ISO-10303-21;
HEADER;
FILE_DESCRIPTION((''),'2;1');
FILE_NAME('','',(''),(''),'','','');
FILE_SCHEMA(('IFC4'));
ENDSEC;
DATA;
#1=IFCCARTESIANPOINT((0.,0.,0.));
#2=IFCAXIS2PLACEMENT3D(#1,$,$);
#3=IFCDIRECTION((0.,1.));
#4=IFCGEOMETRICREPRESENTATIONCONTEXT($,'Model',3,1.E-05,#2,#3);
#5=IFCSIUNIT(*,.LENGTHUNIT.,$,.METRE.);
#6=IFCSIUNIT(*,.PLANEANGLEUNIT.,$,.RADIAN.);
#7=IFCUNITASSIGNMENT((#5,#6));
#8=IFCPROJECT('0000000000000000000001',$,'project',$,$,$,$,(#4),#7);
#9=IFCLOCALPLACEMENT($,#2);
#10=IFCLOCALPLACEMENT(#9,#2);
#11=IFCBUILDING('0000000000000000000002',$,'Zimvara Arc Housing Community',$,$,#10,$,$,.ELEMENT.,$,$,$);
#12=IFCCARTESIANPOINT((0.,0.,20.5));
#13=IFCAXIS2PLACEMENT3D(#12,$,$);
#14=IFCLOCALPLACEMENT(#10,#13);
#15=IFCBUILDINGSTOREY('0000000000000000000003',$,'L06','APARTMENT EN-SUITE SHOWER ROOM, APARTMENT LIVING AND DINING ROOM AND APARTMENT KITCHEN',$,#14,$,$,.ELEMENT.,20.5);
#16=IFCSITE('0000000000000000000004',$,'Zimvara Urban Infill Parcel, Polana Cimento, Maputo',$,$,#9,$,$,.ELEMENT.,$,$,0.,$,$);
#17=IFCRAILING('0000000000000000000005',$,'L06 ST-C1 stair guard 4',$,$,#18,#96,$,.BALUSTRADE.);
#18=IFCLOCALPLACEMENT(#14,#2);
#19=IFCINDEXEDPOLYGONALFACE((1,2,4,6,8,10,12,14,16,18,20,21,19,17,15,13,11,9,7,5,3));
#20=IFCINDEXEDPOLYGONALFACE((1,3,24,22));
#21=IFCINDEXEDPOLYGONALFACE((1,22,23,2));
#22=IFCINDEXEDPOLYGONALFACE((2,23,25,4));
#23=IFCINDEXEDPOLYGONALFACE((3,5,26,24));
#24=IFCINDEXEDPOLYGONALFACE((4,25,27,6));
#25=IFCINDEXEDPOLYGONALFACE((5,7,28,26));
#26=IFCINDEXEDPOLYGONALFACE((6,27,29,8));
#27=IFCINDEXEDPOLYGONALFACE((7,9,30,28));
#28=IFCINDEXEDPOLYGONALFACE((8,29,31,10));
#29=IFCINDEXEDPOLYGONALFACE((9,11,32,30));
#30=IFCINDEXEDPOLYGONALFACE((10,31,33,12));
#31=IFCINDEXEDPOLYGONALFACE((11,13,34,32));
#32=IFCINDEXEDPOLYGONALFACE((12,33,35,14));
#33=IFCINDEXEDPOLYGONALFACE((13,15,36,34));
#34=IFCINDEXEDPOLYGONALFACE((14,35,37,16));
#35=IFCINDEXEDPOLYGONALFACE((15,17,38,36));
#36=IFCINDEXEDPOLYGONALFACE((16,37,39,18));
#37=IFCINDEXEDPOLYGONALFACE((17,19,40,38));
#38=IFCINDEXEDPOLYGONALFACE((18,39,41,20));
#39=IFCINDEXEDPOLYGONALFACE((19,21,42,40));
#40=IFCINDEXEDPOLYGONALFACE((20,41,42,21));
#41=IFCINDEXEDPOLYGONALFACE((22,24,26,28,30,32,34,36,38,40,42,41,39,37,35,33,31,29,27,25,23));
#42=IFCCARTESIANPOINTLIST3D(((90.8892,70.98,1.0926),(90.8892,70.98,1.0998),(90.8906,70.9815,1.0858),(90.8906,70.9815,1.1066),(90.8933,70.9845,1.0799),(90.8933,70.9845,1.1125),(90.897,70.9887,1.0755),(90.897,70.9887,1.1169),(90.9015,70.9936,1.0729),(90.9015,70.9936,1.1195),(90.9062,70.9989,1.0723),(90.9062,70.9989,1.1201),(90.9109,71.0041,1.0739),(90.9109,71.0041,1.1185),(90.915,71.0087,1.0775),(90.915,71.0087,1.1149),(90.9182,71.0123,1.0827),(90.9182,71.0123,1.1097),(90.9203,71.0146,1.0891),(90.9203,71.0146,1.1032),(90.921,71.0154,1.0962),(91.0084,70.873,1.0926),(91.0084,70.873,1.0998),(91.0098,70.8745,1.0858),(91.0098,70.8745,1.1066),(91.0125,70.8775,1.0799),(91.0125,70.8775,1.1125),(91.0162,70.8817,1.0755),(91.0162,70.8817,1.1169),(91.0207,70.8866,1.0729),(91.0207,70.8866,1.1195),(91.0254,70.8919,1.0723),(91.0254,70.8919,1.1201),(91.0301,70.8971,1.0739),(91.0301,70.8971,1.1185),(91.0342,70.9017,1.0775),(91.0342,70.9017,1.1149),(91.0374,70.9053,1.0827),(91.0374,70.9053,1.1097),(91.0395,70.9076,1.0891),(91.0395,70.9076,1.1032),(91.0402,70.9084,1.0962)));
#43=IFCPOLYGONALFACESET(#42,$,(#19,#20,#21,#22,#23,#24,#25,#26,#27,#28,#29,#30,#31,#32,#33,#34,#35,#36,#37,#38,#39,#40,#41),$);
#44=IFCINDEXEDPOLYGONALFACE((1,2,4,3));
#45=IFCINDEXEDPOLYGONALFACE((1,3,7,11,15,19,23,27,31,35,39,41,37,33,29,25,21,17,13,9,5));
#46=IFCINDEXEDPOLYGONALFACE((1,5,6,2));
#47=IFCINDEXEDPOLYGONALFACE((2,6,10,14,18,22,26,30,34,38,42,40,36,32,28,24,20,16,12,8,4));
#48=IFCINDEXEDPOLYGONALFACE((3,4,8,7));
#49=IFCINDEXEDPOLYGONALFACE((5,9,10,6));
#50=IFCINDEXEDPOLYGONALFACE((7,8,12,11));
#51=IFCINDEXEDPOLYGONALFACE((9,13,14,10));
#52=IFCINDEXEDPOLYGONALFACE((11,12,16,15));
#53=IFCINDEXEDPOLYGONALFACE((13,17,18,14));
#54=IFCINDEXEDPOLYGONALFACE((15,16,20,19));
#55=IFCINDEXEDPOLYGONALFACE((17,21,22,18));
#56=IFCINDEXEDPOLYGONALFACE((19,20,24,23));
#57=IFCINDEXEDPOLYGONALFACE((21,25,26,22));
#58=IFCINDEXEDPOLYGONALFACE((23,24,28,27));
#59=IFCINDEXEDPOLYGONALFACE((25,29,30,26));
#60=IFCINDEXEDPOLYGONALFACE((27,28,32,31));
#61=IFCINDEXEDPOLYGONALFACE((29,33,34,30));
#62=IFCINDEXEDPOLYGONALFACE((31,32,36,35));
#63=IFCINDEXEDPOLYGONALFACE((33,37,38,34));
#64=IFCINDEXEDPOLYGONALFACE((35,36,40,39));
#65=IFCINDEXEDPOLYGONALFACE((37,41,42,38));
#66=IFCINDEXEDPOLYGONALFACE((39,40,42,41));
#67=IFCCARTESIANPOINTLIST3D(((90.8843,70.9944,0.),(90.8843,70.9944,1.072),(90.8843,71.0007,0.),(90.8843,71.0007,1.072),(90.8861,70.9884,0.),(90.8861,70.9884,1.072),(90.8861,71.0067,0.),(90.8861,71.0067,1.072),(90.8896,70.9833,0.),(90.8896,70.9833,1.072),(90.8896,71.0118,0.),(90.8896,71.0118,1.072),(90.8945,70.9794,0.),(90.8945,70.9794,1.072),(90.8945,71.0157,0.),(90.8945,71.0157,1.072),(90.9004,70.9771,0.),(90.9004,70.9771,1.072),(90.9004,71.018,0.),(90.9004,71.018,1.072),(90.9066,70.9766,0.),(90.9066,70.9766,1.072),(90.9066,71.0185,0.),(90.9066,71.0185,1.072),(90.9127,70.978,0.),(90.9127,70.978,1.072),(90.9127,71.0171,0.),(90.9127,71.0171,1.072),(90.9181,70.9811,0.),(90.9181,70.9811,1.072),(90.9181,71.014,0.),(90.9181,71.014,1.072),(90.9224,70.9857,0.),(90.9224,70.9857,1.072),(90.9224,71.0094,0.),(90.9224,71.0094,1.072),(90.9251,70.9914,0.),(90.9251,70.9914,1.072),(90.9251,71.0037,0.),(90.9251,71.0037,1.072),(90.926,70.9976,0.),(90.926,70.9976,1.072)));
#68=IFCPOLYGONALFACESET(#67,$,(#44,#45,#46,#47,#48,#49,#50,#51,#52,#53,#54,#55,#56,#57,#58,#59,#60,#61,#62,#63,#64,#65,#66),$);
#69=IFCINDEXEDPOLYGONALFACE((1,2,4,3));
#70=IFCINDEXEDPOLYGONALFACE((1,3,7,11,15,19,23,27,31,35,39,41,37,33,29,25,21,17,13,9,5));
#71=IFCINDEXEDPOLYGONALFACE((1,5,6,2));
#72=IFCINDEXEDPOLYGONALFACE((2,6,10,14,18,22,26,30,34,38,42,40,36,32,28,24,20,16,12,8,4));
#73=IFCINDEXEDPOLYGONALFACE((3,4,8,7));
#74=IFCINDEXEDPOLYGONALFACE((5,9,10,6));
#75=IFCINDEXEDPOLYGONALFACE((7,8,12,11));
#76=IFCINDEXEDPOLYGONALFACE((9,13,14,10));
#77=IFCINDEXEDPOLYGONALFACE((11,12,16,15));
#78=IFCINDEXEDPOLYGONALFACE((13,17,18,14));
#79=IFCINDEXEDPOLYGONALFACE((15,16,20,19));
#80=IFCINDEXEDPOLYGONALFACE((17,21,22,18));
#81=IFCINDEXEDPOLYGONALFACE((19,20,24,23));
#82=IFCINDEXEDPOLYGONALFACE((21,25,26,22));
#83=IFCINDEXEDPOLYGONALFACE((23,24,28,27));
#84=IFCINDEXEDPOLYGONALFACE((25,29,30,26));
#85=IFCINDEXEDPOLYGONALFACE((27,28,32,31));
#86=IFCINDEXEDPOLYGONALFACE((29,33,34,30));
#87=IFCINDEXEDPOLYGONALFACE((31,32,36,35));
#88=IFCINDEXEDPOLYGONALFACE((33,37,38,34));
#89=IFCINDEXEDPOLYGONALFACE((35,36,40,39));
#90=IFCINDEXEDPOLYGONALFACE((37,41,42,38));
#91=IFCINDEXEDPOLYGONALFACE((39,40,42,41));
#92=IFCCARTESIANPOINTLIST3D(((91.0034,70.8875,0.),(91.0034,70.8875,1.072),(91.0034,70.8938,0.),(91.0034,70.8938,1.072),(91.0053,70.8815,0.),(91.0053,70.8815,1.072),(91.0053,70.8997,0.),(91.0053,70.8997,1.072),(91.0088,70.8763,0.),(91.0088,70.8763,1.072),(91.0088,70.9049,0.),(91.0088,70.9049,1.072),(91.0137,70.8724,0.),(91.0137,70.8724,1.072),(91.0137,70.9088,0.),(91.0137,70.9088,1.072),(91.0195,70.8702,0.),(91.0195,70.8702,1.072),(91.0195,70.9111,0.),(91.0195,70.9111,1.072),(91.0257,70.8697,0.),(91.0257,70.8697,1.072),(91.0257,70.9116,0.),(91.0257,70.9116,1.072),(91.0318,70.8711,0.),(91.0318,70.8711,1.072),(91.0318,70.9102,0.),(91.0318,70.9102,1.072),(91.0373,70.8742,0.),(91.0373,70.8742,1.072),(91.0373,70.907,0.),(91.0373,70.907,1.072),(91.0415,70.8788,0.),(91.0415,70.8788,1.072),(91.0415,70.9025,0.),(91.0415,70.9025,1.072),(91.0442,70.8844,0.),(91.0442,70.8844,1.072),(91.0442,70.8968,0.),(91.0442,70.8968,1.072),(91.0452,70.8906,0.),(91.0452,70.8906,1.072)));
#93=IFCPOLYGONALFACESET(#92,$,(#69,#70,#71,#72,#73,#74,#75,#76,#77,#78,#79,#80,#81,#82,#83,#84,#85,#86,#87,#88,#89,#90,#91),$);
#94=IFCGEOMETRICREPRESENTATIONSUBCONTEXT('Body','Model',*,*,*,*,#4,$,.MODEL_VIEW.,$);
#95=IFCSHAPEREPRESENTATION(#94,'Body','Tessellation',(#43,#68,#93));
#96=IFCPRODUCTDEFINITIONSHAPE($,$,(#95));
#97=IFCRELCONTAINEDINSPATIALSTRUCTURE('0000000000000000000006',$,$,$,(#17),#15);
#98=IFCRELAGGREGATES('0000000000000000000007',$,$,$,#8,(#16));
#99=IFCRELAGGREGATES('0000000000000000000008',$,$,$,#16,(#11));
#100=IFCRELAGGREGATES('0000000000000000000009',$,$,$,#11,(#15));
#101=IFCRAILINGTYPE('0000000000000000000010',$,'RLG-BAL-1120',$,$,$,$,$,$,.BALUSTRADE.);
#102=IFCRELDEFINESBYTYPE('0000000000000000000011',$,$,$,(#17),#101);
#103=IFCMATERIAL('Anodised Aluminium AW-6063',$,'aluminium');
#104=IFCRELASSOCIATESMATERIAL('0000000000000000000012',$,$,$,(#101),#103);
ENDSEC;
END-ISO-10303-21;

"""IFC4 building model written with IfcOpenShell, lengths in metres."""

from ifc_helpers import new_model, si_unit, direction, frame, origin, origin_2d, place, context, subcontext, project, spatial, circle, extrude, material, type_object, element, save


model = new_model("IFC4")

# Units and contexts
model_context = context("Model", 3, precision=1e-05, world=origin(), true_north=direction((0.0, 1.0)))
body_context = subcontext(model_context, "Body", "Model", "MODEL_VIEW")
ifc_project = project(units=[si_unit("LENGTHUNIT", "METRE"), si_unit("PLANEANGLEUNIT", "RADIAN")], contexts=[model_context])

# Site, building, storey
site_placement = place(None, origin())
site = spatial("IfcSite", under=ifc_project, at=site_placement, Name="Zimvara Urban Infill Parcel, Polana Cimento, Maputo", CompositionType="ELEMENT", RefElevation=0.0)
building_placement = place(site_placement, origin())
building = spatial("IfcBuilding", under=site, at=building_placement, Name="Zimvara Arc Housing Community", CompositionType="ELEMENT")
storey_placement = place(building_placement, frame((0.0, 0.0, 20.5)))
storey = spatial("IfcBuildingStorey", under=building, at=storey_placement, Name="L06", Description="APARTMENT EN-SUITE SHOWER ROOM, APARTMENT LIVING AND DINING ROOM AND APARTMENT KITCHEN", CompositionType="ELEMENT", Elevation=20.5)

# Railing
ifc_material_1 = material(Name="Anodised Aluminium AW-6063", Category="aluminium")
railing_type_1 = type_object("IfcRailingType", Name="RLG-BAL-1120", PredefinedType="BALUSTRADE", material=ifc_material_1)
railing_1_placement = place(storey_placement, frame((90.905, 70.9976, 0.0)))
element("IfcRailing", 1, at=railing_1_placement, inside=storey, type_object=railing_type_1, Name="L06 ST-C1 stair guard 4", PredefinedType="BALUSTRADE", context=body_context, shape_type="SweptSolid", body=[
    extrude(circle(Radius=0.0239, at=origin_2d()), frame((0.0, 0.0, 1.0962), z_axis=(0.744203, -0.667953, 0.0), x_axis=(0.667953, 0.744203, 0.0)), (0.0, 0.0, 1.0), 0.1602),
    extrude(circle(Radius=0.021, at=origin_2d()), origin(), (0.0, 0.0, 1.0), 1.072),
    extrude(circle(Radius=0.021, at=origin_2d()), frame((0.1191, -0.1069, 0.0)), (0.0, 0.0, 1.0), 1.072),
])

save(model, "model.ifc")
